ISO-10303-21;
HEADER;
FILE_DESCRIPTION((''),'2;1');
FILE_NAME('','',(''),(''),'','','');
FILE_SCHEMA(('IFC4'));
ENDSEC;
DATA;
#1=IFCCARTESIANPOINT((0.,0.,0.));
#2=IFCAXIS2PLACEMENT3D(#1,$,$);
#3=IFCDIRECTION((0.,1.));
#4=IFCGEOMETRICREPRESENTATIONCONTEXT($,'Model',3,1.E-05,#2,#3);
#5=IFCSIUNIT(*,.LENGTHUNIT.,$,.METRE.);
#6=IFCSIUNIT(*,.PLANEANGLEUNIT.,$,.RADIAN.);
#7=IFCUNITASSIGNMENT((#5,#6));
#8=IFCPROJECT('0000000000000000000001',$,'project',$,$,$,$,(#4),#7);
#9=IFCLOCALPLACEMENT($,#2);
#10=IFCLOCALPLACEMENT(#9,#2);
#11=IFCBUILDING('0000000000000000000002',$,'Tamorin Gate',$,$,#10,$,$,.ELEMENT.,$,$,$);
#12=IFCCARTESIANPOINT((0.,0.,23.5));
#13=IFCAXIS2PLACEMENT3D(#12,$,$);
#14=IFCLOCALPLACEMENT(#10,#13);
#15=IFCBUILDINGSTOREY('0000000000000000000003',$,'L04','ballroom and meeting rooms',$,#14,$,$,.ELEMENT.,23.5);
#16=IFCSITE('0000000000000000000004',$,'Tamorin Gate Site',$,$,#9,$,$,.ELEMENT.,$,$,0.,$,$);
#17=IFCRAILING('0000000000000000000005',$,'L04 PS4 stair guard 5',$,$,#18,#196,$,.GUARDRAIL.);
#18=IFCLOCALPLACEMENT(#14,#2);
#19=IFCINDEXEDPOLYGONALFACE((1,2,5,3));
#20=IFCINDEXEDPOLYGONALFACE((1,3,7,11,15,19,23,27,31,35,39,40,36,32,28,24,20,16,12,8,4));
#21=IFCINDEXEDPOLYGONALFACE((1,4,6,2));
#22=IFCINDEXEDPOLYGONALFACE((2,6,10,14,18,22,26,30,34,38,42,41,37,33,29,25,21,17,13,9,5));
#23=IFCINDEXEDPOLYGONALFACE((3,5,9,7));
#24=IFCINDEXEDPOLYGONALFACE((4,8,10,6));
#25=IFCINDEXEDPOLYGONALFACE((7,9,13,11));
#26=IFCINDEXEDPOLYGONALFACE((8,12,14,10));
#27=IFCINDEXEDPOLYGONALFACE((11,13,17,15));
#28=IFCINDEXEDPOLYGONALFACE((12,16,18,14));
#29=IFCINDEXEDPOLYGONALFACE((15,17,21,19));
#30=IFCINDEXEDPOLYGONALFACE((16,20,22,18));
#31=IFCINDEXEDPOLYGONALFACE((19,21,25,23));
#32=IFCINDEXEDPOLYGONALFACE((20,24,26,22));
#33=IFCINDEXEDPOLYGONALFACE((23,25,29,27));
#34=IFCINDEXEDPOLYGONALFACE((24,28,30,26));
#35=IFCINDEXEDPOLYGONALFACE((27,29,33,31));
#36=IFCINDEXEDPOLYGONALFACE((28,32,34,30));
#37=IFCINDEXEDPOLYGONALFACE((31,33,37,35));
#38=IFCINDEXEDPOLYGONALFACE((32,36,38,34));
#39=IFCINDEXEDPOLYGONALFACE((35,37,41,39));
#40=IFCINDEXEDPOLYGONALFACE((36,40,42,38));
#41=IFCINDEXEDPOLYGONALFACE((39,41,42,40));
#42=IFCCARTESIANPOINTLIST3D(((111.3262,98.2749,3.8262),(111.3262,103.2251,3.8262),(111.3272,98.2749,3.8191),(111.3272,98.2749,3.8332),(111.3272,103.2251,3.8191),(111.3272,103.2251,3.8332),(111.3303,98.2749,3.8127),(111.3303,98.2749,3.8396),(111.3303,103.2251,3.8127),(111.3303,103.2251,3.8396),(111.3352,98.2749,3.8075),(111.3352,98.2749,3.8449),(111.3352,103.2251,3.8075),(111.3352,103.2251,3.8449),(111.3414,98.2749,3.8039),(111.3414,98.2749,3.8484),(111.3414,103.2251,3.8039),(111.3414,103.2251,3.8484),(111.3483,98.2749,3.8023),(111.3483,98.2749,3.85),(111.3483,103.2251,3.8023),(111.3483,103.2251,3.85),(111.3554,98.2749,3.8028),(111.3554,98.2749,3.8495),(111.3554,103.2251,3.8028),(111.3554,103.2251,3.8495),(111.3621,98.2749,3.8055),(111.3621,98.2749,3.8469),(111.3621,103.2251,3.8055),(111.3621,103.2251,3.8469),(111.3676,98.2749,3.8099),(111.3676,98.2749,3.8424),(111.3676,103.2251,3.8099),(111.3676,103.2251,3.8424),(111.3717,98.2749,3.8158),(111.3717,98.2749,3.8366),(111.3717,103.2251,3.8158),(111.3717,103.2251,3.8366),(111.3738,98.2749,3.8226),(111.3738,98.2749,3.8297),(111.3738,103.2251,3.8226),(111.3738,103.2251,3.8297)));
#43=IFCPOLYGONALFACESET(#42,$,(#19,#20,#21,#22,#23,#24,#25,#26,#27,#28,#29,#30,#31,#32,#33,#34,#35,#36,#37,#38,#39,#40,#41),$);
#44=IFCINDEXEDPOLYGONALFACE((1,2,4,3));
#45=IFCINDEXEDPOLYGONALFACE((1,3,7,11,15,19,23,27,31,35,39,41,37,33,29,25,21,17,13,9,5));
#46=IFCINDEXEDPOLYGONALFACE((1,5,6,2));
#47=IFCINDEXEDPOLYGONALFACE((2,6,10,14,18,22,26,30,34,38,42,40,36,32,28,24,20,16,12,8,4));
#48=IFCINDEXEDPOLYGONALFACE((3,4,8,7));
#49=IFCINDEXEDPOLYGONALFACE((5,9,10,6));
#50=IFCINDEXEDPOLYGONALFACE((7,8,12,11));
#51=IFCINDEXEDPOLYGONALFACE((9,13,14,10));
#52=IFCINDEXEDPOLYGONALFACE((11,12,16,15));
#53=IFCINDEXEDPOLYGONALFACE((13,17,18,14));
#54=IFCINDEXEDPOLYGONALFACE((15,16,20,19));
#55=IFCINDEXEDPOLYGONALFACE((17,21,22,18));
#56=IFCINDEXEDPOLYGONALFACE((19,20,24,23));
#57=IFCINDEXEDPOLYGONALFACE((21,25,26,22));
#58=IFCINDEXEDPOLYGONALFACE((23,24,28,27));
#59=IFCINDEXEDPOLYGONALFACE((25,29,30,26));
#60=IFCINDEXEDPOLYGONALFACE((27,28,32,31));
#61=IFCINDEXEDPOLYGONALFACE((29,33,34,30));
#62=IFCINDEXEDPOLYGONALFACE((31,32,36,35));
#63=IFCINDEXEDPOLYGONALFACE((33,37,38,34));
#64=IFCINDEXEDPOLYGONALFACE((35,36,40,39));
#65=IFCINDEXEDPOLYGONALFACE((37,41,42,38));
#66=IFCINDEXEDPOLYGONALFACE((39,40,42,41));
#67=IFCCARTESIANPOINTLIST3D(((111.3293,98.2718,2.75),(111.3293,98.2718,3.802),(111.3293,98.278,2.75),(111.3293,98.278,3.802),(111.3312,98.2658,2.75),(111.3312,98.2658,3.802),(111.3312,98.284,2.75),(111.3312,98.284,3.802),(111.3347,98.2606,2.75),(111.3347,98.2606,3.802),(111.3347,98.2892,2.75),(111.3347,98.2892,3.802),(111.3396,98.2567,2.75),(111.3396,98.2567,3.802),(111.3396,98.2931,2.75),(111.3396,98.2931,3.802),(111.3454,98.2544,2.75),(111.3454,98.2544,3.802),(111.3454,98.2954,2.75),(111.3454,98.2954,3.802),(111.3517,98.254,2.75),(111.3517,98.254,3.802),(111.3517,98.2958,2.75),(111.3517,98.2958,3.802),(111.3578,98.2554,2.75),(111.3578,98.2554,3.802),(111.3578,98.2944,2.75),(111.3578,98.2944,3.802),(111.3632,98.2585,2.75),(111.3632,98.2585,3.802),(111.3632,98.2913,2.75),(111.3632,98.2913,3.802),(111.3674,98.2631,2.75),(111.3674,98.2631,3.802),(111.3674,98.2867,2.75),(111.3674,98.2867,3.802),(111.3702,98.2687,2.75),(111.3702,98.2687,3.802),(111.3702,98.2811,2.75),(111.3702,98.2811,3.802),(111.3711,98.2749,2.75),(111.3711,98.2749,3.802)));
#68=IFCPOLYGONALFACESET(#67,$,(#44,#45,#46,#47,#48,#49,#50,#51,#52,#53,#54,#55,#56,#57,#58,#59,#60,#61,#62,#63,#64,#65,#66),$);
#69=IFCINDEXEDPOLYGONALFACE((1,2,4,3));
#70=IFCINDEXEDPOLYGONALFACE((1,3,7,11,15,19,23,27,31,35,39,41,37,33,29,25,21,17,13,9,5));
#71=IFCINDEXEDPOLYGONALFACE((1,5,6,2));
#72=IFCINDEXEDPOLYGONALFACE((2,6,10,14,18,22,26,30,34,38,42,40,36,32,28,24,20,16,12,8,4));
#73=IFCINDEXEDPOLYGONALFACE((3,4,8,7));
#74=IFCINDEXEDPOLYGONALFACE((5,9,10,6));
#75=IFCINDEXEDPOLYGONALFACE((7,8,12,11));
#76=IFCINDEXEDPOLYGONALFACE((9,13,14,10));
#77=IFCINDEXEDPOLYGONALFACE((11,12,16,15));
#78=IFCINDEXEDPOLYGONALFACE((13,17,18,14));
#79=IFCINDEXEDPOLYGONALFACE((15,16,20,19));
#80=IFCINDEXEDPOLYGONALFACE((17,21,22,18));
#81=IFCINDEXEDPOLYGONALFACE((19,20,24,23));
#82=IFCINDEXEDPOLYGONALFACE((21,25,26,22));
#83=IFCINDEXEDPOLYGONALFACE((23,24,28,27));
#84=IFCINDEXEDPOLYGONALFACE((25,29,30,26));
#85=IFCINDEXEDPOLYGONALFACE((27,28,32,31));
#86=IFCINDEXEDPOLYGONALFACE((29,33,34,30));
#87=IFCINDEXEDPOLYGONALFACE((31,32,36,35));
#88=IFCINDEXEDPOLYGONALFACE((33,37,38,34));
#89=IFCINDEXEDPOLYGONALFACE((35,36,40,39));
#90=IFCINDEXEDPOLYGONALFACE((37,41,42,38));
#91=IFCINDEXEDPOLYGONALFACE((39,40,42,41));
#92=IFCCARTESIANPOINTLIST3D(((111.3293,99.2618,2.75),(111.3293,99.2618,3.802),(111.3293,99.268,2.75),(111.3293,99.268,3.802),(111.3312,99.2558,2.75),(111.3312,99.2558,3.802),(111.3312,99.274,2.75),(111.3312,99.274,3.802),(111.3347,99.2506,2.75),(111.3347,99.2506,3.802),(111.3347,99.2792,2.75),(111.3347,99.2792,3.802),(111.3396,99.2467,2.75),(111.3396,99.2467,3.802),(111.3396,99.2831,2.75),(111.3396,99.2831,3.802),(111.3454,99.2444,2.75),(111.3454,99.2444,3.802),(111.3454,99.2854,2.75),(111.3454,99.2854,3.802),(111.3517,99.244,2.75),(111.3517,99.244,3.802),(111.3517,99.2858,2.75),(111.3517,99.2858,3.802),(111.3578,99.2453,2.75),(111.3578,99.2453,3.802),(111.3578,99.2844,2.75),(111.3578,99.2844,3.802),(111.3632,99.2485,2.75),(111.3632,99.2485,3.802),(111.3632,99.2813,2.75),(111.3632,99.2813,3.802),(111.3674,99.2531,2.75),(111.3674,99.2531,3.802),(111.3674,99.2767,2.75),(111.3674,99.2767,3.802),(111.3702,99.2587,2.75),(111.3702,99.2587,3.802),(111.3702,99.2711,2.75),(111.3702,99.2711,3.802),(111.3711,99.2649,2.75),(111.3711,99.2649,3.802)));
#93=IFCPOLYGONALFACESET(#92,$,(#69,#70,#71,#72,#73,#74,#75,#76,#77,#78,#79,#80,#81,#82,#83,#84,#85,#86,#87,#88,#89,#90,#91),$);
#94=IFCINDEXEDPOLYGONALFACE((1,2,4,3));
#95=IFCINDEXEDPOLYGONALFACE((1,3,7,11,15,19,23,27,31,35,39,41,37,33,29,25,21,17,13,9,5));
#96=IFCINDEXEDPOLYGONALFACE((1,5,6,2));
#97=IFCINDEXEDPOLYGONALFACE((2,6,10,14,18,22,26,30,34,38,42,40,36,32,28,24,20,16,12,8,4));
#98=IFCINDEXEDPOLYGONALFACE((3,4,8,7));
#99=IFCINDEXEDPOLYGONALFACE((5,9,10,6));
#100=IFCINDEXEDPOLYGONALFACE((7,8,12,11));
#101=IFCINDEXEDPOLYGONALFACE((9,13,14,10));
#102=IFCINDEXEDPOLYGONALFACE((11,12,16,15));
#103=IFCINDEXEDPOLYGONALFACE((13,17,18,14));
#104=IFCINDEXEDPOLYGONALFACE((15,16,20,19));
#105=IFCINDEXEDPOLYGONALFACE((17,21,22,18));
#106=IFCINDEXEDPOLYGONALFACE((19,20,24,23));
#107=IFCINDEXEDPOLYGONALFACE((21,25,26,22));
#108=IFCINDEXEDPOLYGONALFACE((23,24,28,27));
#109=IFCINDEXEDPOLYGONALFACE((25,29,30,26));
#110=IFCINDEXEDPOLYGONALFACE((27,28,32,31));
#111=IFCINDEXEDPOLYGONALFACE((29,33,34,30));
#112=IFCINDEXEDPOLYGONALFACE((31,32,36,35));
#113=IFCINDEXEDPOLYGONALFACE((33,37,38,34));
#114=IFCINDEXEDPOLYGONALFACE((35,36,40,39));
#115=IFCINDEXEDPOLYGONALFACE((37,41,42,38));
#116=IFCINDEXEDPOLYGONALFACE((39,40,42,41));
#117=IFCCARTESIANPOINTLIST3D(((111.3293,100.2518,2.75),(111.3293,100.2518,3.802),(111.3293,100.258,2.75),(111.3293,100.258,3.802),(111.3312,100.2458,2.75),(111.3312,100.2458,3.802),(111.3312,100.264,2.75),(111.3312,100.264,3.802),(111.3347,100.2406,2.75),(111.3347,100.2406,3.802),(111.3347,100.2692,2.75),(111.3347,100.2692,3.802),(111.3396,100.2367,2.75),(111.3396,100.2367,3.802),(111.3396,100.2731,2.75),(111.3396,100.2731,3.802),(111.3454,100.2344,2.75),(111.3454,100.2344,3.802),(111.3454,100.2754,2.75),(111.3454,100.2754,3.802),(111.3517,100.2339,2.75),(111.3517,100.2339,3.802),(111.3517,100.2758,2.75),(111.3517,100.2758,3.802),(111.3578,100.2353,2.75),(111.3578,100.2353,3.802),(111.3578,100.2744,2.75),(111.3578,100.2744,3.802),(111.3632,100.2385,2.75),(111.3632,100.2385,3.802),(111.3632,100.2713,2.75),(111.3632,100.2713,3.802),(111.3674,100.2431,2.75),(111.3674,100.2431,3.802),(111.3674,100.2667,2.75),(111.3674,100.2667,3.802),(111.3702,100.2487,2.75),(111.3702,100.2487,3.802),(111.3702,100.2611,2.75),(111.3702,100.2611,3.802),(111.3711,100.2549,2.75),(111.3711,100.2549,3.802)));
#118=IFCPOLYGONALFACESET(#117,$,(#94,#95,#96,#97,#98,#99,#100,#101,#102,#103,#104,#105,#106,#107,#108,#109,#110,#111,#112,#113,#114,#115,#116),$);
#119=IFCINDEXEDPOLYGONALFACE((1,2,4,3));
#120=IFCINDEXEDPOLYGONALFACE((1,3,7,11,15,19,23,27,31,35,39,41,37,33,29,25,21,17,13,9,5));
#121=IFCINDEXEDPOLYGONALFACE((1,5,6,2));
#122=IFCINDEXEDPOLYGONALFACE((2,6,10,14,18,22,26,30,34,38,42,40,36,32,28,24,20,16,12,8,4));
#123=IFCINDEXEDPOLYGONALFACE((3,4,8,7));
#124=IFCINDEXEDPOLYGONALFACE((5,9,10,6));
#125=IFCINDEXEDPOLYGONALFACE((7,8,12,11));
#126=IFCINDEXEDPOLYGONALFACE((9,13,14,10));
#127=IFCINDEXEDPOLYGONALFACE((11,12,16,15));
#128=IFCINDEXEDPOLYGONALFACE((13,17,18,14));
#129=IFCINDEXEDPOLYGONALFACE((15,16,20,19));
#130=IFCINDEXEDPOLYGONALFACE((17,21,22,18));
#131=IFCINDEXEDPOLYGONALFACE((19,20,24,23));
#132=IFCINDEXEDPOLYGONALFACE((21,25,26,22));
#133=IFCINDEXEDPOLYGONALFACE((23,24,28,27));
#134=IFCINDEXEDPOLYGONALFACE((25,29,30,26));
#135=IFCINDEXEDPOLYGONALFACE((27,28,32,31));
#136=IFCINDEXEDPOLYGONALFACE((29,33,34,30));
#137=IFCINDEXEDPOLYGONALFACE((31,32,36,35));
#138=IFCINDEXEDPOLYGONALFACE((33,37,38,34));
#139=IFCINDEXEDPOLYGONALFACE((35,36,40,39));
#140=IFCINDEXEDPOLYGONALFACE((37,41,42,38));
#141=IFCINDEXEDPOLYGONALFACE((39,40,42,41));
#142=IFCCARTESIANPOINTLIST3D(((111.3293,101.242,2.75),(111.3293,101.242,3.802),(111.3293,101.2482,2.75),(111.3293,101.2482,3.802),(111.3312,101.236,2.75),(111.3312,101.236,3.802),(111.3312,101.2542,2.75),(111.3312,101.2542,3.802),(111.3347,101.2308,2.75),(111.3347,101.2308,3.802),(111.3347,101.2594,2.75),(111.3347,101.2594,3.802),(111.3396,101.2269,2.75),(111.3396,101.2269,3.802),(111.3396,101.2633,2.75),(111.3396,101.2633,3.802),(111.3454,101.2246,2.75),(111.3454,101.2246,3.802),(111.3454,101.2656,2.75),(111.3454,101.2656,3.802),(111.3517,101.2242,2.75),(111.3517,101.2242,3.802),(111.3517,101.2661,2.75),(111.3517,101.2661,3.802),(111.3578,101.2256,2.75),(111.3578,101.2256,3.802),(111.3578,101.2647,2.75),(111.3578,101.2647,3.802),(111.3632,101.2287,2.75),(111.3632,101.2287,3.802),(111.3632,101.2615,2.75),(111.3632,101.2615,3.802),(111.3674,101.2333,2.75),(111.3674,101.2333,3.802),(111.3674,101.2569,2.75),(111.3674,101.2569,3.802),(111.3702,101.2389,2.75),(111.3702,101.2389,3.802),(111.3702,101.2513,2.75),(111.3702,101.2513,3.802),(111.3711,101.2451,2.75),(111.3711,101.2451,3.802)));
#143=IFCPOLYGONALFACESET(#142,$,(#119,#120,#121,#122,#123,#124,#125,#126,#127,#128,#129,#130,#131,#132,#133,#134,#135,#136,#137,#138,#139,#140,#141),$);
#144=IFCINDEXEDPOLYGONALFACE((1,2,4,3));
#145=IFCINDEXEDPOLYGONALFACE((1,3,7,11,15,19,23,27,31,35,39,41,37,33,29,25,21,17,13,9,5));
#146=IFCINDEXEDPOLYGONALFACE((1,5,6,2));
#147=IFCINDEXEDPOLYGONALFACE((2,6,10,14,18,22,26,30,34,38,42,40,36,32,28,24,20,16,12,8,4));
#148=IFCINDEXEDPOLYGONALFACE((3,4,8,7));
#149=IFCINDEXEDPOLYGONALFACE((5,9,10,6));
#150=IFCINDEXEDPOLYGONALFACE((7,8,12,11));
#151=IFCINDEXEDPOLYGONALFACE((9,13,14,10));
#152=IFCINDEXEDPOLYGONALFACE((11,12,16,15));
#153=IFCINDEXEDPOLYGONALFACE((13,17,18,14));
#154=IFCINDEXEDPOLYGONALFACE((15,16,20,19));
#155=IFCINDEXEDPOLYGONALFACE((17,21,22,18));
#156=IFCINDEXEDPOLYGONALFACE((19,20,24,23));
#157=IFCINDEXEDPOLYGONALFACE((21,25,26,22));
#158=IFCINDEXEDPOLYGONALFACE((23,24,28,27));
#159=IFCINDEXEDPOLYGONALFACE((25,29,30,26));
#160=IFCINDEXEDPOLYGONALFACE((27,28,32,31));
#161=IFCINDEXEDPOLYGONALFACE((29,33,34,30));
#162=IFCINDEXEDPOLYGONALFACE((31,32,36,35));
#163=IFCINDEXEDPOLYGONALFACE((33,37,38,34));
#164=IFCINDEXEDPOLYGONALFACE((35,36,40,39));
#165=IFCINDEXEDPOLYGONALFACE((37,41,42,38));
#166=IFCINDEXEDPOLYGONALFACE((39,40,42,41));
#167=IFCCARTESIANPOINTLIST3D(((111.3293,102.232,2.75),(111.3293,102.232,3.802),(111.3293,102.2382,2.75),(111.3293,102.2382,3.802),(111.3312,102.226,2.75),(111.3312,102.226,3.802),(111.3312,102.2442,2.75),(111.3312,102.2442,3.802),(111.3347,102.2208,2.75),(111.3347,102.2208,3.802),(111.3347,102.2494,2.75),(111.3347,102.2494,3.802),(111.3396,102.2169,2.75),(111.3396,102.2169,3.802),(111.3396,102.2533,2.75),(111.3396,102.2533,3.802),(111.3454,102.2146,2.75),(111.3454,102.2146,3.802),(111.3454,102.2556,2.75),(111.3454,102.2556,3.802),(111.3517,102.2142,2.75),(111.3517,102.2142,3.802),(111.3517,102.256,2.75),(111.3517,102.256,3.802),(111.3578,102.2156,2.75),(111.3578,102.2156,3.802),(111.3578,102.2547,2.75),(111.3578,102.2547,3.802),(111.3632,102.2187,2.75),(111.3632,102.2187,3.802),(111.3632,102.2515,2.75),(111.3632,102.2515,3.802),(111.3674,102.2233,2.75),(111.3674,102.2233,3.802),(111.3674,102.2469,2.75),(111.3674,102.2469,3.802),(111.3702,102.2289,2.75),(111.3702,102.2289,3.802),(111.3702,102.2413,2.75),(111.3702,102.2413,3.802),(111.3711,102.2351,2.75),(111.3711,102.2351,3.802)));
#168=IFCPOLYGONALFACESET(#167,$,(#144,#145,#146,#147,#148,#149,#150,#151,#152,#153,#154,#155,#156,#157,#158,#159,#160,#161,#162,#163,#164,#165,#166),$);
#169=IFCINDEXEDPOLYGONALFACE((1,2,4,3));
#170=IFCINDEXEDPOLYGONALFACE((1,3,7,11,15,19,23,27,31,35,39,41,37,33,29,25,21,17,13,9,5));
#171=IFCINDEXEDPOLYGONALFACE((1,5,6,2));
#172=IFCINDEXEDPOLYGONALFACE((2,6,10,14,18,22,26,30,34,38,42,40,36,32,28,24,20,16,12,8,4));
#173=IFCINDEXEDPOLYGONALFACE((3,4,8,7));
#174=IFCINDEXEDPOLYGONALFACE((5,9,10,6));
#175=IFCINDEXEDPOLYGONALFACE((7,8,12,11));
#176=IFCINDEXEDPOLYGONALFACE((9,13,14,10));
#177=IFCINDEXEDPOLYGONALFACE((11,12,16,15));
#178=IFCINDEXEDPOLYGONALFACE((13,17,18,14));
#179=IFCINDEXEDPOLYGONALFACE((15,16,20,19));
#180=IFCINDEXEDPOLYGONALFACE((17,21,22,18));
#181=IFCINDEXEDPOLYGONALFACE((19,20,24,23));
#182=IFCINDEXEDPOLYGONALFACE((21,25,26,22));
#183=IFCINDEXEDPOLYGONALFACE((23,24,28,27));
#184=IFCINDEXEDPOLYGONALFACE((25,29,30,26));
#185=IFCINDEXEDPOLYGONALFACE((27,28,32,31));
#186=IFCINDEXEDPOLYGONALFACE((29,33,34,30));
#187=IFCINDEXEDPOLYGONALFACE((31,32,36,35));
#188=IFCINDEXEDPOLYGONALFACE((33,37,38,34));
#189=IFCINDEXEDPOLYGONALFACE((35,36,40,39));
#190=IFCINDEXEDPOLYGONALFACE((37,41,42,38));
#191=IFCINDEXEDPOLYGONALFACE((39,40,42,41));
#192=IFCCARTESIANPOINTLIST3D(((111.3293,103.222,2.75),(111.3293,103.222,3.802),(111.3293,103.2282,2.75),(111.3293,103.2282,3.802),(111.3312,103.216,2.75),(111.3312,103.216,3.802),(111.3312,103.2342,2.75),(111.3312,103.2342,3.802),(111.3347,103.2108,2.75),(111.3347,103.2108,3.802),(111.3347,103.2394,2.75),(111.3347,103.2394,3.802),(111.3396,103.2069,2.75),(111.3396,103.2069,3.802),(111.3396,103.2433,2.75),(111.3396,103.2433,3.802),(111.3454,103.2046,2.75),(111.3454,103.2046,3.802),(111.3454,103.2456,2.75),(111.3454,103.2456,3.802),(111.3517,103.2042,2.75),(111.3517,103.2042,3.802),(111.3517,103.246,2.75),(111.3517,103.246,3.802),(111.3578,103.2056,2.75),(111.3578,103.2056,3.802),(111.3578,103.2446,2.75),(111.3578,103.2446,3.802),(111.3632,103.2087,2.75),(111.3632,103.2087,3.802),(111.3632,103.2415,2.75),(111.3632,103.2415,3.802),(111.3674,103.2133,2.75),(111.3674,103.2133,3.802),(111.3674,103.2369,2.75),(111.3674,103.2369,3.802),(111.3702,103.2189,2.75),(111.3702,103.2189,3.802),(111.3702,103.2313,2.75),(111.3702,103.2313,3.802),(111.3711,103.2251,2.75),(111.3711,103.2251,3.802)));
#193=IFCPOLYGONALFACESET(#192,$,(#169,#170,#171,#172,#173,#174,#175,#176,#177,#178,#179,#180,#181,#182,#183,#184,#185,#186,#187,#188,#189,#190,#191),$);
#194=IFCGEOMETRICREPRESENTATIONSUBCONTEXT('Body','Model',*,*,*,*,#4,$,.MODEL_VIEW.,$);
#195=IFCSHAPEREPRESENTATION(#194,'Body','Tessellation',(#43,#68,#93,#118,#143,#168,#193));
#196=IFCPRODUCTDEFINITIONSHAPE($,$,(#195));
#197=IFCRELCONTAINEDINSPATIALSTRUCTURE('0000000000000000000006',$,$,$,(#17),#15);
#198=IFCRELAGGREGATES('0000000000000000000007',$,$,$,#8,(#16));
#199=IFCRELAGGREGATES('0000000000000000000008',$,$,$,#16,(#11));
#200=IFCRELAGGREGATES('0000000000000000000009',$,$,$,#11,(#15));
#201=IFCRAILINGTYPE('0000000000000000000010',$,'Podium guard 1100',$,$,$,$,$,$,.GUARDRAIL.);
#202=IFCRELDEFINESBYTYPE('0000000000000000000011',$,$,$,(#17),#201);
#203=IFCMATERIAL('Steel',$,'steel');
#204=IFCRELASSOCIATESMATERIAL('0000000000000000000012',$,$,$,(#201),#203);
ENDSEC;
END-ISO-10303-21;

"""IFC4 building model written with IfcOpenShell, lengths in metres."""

from ifc_helpers import new_model, si_unit, direction, frame, origin, origin_2d, place, context, subcontext, project, spatial, circle, extrude, material, type_object, element, save


model = new_model("IFC4")

# Units and contexts
model_context = context("Model", 3, precision=1e-05, world=origin(), true_north=direction((0.0, 1.0)))
body_context = subcontext(model_context, "Body", "Model", "MODEL_VIEW")
ifc_project = project(units=[si_unit("LENGTHUNIT", "METRE"), si_unit("PLANEANGLEUNIT", "RADIAN")], contexts=[model_context])

# Site, building, storey
site_placement = place(None, origin())
site = spatial("IfcSite", under=ifc_project, at=site_placement, Name="Tamorin Gate Site", CompositionType="ELEMENT", RefElevation=0.0)
building_placement = place(site_placement, origin())
building = spatial("IfcBuilding", under=site, at=building_placement, Name="Tamorin Gate", CompositionType="ELEMENT")
storey_placement = place(building_placement, frame((0.0, 0.0, 23.5)))
storey = spatial("IfcBuildingStorey", under=building, at=storey_placement, Name="L04", Description="ballroom and meeting rooms", CompositionType="ELEMENT", Elevation=23.5)

# Railing
ifc_material_1 = material(Name="Steel", Category="steel")
railing_type = type_object("IfcRailingType", Name="Podium guard 1100", PredefinedType="GUARDRAIL", material=ifc_material_1)
railing_1_placement = place(storey_placement, frame((111.3501, 98.2749, 2.75)))
element("IfcRailing", 1, at=railing_1_placement, inside=storey, type_object=railing_type, Name="L04 PS4 stair guard 5", PredefinedType="GUARDRAIL", context=body_context, shape_type="SweptSolid", body=[
    extrude(circle(Radius=0.0239, at=origin_2d()), frame((0.0, 0.0, 1.0762), z_axis=(0.0, 1.0, 0.0), x_axis=(-1.0, 0.0, 0.0)), (0.0, 0.0, 1.0), 4.9502),
    extrude(circle(Radius=0.021, at=origin_2d()), origin(), (0.0, 0.0, 1.0), 1.052),
    extrude(circle(Radius=0.021, at=origin_2d()), frame((0.0, 0.99, 0.0)), (0.0, 0.0, 1.0), 1.052),
    extrude(circle(Radius=0.021, at=origin_2d()), frame((0.0, 1.98, 0.0)), (0.0, 0.0, 1.0), 1.052),
    extrude(circle(Radius=0.021, at=origin_2d()), frame((0.0, 2.9702, 0.0)), (0.0, 0.0, 1.0), 1.052),
    extrude(circle(Radius=0.021, at=origin_2d()), frame((0.0, 3.9602, 0.0)), (0.0, 0.0, 1.0), 1.052),
    extrude(circle(Radius=0.021, at=origin_2d()), frame((0.0, 4.9502, 0.0)), (0.0, 0.0, 1.0), 1.052),
])

save(model, "model.ifc")
